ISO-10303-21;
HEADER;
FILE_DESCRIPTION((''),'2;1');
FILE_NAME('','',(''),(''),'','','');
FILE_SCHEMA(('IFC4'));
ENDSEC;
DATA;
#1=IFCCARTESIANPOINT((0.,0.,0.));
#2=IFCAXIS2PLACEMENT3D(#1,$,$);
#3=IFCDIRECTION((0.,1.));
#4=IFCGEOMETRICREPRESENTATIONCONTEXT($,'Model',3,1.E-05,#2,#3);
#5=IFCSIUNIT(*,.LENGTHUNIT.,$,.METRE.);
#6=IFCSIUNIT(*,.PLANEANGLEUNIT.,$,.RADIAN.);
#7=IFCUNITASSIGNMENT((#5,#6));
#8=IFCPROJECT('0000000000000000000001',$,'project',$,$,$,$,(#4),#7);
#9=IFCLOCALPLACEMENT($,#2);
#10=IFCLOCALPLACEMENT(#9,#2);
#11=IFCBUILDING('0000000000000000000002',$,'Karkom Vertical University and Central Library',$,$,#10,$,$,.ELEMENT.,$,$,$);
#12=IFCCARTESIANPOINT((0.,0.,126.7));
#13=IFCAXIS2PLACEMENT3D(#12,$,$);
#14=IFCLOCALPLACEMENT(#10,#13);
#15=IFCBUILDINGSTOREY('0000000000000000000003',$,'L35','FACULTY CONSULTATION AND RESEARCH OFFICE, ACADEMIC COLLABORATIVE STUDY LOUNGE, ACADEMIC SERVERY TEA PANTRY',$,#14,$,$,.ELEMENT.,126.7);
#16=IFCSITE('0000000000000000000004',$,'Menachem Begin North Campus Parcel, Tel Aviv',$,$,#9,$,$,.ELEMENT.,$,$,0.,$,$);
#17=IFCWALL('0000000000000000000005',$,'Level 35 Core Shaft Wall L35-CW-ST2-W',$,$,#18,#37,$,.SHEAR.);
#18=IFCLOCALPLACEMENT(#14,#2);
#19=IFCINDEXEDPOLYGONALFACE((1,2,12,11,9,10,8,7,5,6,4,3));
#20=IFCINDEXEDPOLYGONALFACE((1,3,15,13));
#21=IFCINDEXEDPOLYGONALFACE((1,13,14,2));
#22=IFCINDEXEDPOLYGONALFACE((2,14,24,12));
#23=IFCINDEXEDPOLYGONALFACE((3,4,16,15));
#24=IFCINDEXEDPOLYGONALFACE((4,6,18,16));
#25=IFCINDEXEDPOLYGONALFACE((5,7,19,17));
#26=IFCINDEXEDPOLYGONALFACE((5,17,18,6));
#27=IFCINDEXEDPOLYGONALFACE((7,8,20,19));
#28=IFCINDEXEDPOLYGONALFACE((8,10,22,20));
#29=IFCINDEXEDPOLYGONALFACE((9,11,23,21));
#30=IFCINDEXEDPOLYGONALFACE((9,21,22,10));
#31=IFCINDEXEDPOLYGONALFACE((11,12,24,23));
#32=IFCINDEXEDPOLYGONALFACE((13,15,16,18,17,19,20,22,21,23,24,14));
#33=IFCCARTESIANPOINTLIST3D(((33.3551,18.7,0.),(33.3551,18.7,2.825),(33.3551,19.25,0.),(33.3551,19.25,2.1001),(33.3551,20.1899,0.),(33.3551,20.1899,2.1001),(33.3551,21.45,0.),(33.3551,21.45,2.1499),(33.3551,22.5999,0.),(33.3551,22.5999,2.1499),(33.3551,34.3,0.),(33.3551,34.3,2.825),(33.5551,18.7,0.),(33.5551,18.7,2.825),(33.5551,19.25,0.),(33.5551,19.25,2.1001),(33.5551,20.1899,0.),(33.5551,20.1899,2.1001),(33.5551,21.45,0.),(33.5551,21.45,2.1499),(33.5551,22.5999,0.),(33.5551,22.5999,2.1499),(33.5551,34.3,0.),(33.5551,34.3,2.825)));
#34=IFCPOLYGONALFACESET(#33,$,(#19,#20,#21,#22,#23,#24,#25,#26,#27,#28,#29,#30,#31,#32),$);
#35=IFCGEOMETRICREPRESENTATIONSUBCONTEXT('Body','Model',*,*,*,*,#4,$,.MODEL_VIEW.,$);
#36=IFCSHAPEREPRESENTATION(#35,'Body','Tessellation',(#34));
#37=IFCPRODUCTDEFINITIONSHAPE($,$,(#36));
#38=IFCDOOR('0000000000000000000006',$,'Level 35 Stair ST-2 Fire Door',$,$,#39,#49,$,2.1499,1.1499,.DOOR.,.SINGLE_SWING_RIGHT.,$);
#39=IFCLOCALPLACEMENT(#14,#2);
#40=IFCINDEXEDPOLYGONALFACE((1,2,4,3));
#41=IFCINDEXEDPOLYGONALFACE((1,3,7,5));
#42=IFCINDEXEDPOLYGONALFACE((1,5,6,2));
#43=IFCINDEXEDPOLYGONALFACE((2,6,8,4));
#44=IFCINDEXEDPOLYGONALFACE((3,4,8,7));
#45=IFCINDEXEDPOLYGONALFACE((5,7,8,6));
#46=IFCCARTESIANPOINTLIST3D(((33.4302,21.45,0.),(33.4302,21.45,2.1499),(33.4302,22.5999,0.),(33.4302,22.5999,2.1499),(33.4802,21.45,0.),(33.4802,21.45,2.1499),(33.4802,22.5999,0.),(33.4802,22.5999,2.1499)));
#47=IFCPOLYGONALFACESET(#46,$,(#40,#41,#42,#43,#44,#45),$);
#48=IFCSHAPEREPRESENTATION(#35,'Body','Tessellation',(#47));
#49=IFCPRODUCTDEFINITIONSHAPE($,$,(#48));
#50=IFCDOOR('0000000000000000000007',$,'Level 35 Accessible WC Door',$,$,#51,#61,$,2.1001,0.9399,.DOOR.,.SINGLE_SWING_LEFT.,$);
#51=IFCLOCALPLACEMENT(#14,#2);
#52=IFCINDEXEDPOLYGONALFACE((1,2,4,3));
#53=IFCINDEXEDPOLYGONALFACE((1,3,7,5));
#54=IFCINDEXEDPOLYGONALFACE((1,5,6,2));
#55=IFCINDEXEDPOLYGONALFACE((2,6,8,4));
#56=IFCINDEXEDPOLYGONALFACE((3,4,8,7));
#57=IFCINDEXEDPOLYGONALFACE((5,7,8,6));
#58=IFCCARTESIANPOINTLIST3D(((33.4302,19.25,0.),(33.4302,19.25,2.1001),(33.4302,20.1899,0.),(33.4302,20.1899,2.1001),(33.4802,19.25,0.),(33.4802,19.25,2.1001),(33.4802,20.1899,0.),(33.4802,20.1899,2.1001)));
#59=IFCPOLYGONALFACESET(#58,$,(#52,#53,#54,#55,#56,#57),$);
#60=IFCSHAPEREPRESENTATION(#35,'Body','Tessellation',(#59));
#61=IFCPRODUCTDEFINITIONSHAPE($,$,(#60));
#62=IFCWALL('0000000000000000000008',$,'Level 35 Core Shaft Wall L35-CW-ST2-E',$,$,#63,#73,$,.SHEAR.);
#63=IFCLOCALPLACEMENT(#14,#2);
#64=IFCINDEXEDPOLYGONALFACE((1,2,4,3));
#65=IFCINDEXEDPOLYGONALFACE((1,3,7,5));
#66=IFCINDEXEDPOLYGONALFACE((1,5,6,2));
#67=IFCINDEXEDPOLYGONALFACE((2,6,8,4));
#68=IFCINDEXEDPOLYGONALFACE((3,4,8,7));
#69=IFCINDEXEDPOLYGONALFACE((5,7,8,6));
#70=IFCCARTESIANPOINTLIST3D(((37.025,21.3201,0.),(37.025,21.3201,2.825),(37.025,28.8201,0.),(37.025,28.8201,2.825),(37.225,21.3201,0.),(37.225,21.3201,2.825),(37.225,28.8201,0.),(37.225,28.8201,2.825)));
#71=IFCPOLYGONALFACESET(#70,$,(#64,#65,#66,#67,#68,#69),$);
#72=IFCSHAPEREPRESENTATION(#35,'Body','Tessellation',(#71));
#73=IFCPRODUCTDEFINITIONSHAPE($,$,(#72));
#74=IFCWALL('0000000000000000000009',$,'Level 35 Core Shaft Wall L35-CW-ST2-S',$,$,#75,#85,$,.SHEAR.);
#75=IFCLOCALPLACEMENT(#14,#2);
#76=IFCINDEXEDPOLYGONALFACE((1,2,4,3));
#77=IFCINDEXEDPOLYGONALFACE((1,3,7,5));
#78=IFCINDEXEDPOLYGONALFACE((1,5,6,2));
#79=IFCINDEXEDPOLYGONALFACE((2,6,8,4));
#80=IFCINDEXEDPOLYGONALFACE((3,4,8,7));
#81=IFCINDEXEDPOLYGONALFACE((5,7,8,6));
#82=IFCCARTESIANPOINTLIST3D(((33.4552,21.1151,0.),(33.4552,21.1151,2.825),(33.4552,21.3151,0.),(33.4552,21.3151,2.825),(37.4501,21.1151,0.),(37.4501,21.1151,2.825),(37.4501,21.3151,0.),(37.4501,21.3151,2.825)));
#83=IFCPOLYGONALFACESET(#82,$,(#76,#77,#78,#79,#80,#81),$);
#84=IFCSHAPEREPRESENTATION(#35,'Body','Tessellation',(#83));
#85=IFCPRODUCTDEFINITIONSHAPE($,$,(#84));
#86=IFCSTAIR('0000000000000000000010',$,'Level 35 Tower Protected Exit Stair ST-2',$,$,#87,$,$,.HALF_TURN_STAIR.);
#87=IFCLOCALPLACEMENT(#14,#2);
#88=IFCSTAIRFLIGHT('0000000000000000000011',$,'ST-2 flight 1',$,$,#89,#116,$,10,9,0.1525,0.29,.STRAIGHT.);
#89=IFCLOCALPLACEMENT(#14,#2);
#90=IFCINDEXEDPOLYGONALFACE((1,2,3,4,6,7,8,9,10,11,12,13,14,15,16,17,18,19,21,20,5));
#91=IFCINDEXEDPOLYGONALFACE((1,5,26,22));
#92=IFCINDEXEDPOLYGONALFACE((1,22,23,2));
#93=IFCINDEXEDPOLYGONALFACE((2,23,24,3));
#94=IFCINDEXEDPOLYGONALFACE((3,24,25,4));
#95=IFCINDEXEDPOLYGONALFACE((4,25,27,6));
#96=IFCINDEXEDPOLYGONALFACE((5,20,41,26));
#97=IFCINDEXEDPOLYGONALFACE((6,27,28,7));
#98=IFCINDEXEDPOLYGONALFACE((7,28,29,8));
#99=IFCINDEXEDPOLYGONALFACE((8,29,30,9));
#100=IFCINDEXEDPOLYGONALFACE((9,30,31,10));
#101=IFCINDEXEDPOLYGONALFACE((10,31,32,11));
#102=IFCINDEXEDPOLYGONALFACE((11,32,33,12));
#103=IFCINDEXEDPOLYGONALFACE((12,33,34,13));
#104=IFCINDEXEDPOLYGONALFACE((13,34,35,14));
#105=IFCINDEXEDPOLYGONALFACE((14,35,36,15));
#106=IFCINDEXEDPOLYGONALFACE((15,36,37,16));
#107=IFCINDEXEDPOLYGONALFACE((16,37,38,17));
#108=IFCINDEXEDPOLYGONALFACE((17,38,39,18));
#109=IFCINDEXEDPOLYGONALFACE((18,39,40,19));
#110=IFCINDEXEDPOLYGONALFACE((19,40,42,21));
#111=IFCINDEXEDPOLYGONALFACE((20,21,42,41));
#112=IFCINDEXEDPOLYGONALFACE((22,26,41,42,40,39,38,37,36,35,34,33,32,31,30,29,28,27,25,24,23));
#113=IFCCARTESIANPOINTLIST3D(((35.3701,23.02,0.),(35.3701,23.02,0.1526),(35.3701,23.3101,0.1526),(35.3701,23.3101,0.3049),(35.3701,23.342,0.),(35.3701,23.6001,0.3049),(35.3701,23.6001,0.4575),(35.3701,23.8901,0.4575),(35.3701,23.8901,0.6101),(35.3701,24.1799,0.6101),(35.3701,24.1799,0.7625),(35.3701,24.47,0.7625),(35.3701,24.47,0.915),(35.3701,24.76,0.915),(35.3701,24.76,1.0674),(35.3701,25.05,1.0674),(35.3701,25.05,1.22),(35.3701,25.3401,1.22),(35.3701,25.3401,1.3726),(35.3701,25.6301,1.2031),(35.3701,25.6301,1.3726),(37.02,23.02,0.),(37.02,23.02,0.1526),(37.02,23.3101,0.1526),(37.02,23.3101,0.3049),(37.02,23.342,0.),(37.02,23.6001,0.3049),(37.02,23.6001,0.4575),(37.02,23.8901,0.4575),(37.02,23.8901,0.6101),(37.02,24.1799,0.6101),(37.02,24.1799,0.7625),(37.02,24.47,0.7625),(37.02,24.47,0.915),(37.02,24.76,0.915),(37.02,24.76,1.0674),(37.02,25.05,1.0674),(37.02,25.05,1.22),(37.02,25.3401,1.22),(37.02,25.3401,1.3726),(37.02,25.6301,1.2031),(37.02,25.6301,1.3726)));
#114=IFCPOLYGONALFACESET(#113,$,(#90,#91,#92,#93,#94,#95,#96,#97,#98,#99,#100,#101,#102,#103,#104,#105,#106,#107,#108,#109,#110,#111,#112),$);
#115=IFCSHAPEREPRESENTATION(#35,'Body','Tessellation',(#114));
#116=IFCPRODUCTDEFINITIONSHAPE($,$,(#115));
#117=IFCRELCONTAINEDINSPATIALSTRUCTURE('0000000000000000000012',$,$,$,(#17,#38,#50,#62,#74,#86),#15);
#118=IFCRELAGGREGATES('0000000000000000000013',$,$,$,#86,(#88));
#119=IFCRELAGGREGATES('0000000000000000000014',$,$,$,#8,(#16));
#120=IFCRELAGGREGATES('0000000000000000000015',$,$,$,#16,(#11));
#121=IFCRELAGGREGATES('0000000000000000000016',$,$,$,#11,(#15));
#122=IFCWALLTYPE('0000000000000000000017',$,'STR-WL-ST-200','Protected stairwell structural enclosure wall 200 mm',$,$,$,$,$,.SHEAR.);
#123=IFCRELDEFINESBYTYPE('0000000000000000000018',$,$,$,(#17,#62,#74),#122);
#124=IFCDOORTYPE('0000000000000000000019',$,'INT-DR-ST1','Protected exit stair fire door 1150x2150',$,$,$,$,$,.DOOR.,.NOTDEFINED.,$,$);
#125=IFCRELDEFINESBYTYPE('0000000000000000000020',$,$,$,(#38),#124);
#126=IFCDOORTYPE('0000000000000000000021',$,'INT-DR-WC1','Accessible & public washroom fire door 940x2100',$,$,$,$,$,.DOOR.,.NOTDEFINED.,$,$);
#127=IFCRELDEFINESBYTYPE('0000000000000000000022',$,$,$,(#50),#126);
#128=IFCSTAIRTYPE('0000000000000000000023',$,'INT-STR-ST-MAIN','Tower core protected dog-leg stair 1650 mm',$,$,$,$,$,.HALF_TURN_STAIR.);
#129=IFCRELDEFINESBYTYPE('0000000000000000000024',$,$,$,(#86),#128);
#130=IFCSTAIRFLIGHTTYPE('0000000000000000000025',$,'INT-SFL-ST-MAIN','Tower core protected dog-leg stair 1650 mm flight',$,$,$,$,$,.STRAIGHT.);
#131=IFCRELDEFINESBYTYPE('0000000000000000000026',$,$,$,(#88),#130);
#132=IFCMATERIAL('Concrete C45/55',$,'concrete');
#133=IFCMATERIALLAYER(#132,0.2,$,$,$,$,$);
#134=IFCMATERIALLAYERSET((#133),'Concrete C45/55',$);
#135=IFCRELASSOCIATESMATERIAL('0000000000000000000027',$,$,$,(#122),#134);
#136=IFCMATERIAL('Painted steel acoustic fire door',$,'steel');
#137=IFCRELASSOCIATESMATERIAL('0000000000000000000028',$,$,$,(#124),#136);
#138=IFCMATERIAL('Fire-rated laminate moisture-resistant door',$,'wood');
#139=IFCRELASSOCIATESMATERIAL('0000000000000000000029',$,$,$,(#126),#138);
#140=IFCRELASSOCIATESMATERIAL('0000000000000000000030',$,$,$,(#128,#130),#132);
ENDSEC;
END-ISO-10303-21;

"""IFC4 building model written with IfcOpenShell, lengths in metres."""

from ifc_helpers import new_model, si_unit, direction, frame, frame_2d, origin, origin_with_axes, place, context, subcontext, project, spatial, polyline, rectangle, outline, extrude, source, transform, mapped, material, layer, layer_set, type_object, element, fill, aggregate, save


model = new_model("IFC4")

# Units and contexts
model_context = context("Model", 3, precision=1e-05, world=origin(), true_north=direction((0.0, 1.0)))
body_context = subcontext(model_context, "Body", "Model", "MODEL_VIEW")
ifc_project = project(units=[si_unit("LENGTHUNIT", "METRE"), si_unit("PLANEANGLEUNIT", "RADIAN")], contexts=[model_context])

# Site, building, storey
site_placement = place(None, origin())
site = spatial("IfcSite", under=ifc_project, at=site_placement, Name="Menachem Begin North Campus Parcel, Tel Aviv", CompositionType="ELEMENT", RefElevation=0.0)
building_placement = place(site_placement, origin())
building = spatial("IfcBuilding", under=site, at=building_placement, Name="Karkom Vertical University and Central Library", CompositionType="ELEMENT")
storey_placement = place(building_placement, frame((0.0, 0.0, 126.7)))
storey = spatial("IfcBuildingStorey", under=building, at=storey_placement, Name="L35", Description="FACULTY CONSULTATION AND RESEARCH OFFICE, ACADEMIC COLLABORATIVE STUDY LOUNGE, ACADEMIC SERVERY TEA PANTRY", CompositionType="ELEMENT", Elevation=126.7)

# Wall, openings, doors
ifc_material_1 = material(Name="Concrete C45/55", Category="concrete")
ifc_layer_1 = layer(ifc_material_1, 0.2)
ifc_layer_set_1 = layer_set([ifc_layer_1], Name="Concrete C45/55")
wall_type_1 = type_object("IfcWallType", Name="STR-WL-ST-200", Description="Protected stairwell structural enclosure wall 200 mm", PredefinedType="SHEAR", material=ifc_layer_set_1)
wall_1_placement = place(storey_placement, frame((33.4551, 18.7, 0.0), z_axis=(0.0, 0.0, 1.0), x_axis=(0.0, 1.0, 0.0)))
wall_1 = element("IfcWall", 1, at=wall_1_placement, inside=storey, type_object=wall_type_1, Name="Level 35 Core Shaft Wall L35-CW-ST2-W", PredefinedType="SHEAR", context=body_context, shape_type="SweptSolid", body=[
    extrude(rectangle(XDim=15.6001, YDim=0.2, at=frame_2d((7.8, 0.0))), origin(), (0.0, 0.0, 1.0), 2.825),
])
opening_1_placement = place(wall_1_placement, frame((2.75, 0.0, 0.0)))
opening_1 = element("IfcOpeningElement", 2, at=opening_1_placement, cuts=wall_1, PredefinedType="OPENING", context=body_context, shape_type="SweptSolid", body=[
    extrude(rectangle(XDim=1.1499, YDim=2.1499, at=frame_2d((0.575, 1.075))), frame((0.0, 0.1099, 0.0), z_axis=(0.0, -1.0, 0.0), x_axis=(1.0, 0.0, 0.0)), (0.0, 0.0, 1.0), 0.22),
])
opening_2_placement = place(wall_1_placement, frame((0.55, 0.0, 0.0)))
opening_2 = element("IfcOpeningElement", 3, at=opening_2_placement, cuts=wall_1, PredefinedType="OPENING", context=body_context, shape_type="SweptSolid", body=[
    extrude(rectangle(XDim=0.9399, YDim=2.1001, at=frame_2d((0.47, 1.05))), frame((0.0, 0.1099, 0.0), z_axis=(0.0, -1.0, 0.0), x_axis=(1.0, 0.0, 0.0)), (0.0, 0.0, 1.0), 0.22),
])
ifc_material_2 = material(Name="Painted steel acoustic fire door", Category="steel")
door_type_1 = type_object("IfcDoorType", Name="INT-DR-ST1", Description="Protected exit stair fire door 1150x2150", OperationType="NOTDEFINED", PredefinedType="DOOR", material=ifc_material_2)
shared_shape_1 = source(origin_with_axes(), body_context, "Body", "SweptSolid", [
    extrude(rectangle(XDim=1.1499, YDim=2.1499, at=frame_2d((0.575, 1.075))), frame((0.0, 0.0249, 0.0), z_axis=(0.0, -1.0, 0.0), x_axis=(1.0, 0.0, 0.0)), (0.0, 0.0, 1.0), 0.05),
])
door_1_placement = place(opening_1_placement, origin())
door_1 = element("IfcDoor", 4, at=door_1_placement, inside=storey, type_object=door_type_1, Name="Level 35 Stair ST-2 Fire Door", OperationType="SINGLE_SWING_RIGHT", OverallHeight=2.1499, OverallWidth=1.1499, PredefinedType="DOOR", context=body_context, shape_type="MappedRepresentation", body=[
    mapped(shared_shape_1, transform((0.0, 0.0, 0.0), scale=1.0)),
])
fill(opening_1, door_1)
ifc_material_3 = material(Name="Fire-rated laminate moisture-resistant door", Category="wood")
door_type_2 = type_object("IfcDoorType", Name="INT-DR-WC1", Description="Accessible & public washroom fire door 940x2100", OperationType="NOTDEFINED", PredefinedType="DOOR", material=ifc_material_3)
shared_shape_2 = source(origin_with_axes(), body_context, "Body", "SweptSolid", [
    extrude(rectangle(XDim=0.9399, YDim=2.1001, at=frame_2d((0.47, 1.05))), frame((0.0, 0.0249, 0.0), z_axis=(0.0, -1.0, 0.0), x_axis=(1.0, 0.0, 0.0)), (0.0, 0.0, 1.0), 0.05),
])
door_2_placement = place(opening_2_placement, origin())
door_2 = element("IfcDoor", 5, at=door_2_placement, inside=storey, type_object=door_type_2, Name="Level 35 Accessible WC Door", OperationType="SINGLE_SWING_LEFT", OverallHeight=2.1001, OverallWidth=0.9399, PredefinedType="DOOR", context=body_context, shape_type="MappedRepresentation", body=[
    mapped(shared_shape_2, transform((0.0, 0.0, 0.0), scale=1.0)),
])
fill(opening_2, door_2)

# Walls
wall_2_placement = place(storey_placement, frame((37.125, 21.3201, 0.0), z_axis=(0.0, 0.0, 1.0), x_axis=(0.0, 1.0, 0.0)))
element("IfcWall", 6, at=wall_2_placement, inside=storey, type_object=wall_type_1, Name="Level 35 Core Shaft Wall L35-CW-ST2-E", PredefinedType="SHEAR", context=body_context, shape_type="SweptSolid", body=[
    extrude(rectangle(XDim=7.5, YDim=0.2, at=frame_2d((3.75, 0.0))), origin(), (0.0, 0.0, 1.0), 2.825),
])
wall_3_placement = place(storey_placement, frame((33.4551, 21.2151, 0.0), z_axis=(0.0, 0.0, 1.0), x_axis=(1.0, 0.0, 0.0)))
element("IfcWall", 7, at=wall_3_placement, inside=storey, type_object=wall_type_1, Name="Level 35 Core Shaft Wall L35-CW-ST2-S", PredefinedType="SHEAR", context=body_context, shape_type="SweptSolid", body=[
    extrude(rectangle(XDim=3.9949, YDim=0.2, at=frame_2d((1.9976, 0.0))), origin(), (0.0, 0.0, 1.0), 2.825),
])

# Stair, stair flight
stair_type = type_object("IfcStairType", Name="INT-STR-ST-MAIN", Description="Tower core protected dog-leg stair 1650 mm", PredefinedType="HALF_TURN_STAIR", material=ifc_material_1)
stair_placement = place(storey_placement, origin())
stair = element("IfcStair", 8, at=stair_placement, inside=storey, type_object=stair_type, Name="Level 35 Tower Protected Exit Stair ST-2", PredefinedType="HALF_TURN_STAIR")
stair_flight_type = type_object("IfcStairFlightType", Name="INT-SFL-ST-MAIN", Description="Tower core protected dog-leg stair 1650 mm flight", PredefinedType="STRAIGHT", material=ifc_material_1)
stair_flight_placement = place(storey_placement, frame((36.1951, 23.02, 0.0), z_axis=(0.0, 0.0, 1.0), x_axis=(0.0, 1.0, 0.0)))
stair_flight = element("IfcStairFlight", 9, at=stair_flight_placement, type_object=stair_flight_type, Name="ST-2 flight 1", NumberOfRisers=10, NumberOfTreads=9, PredefinedType="STRAIGHT", RiserHeight=0.1525, TreadLength=0.29, context=body_context, shape_type="SweptSolid", body=[
    extrude(outline(polyline([(0.0, 0.0), (0.0, 0.1526), (0.29, 0.1526), (0.29, 0.3049), (0.5801, 0.3049), (0.5801, 0.4575), (0.8701, 0.4575), (0.8701, 0.6101), (1.1599, 0.6101), (1.1599, 0.7625), (1.45, 0.7625), (1.45, 0.915), (1.74, 0.915), (1.74, 1.0674), (2.03, 1.0674), (2.03, 1.22), (2.3201, 1.22), (2.3201, 1.3726), (2.6101, 1.3726), (2.6101, 1.5249), (2.6101, 1.2031), (0.322, 0.0), (0.0, 0.0)])), frame((0.0, 0.825, 0.0), z_axis=(0.0, -1.0, 0.0), x_axis=(1.0, 0.0, 0.0)), (0.0, 0.0, 1.0), 1.6499),
])
aggregate(stair, [stair_flight])

save(model, "model.ifc")
